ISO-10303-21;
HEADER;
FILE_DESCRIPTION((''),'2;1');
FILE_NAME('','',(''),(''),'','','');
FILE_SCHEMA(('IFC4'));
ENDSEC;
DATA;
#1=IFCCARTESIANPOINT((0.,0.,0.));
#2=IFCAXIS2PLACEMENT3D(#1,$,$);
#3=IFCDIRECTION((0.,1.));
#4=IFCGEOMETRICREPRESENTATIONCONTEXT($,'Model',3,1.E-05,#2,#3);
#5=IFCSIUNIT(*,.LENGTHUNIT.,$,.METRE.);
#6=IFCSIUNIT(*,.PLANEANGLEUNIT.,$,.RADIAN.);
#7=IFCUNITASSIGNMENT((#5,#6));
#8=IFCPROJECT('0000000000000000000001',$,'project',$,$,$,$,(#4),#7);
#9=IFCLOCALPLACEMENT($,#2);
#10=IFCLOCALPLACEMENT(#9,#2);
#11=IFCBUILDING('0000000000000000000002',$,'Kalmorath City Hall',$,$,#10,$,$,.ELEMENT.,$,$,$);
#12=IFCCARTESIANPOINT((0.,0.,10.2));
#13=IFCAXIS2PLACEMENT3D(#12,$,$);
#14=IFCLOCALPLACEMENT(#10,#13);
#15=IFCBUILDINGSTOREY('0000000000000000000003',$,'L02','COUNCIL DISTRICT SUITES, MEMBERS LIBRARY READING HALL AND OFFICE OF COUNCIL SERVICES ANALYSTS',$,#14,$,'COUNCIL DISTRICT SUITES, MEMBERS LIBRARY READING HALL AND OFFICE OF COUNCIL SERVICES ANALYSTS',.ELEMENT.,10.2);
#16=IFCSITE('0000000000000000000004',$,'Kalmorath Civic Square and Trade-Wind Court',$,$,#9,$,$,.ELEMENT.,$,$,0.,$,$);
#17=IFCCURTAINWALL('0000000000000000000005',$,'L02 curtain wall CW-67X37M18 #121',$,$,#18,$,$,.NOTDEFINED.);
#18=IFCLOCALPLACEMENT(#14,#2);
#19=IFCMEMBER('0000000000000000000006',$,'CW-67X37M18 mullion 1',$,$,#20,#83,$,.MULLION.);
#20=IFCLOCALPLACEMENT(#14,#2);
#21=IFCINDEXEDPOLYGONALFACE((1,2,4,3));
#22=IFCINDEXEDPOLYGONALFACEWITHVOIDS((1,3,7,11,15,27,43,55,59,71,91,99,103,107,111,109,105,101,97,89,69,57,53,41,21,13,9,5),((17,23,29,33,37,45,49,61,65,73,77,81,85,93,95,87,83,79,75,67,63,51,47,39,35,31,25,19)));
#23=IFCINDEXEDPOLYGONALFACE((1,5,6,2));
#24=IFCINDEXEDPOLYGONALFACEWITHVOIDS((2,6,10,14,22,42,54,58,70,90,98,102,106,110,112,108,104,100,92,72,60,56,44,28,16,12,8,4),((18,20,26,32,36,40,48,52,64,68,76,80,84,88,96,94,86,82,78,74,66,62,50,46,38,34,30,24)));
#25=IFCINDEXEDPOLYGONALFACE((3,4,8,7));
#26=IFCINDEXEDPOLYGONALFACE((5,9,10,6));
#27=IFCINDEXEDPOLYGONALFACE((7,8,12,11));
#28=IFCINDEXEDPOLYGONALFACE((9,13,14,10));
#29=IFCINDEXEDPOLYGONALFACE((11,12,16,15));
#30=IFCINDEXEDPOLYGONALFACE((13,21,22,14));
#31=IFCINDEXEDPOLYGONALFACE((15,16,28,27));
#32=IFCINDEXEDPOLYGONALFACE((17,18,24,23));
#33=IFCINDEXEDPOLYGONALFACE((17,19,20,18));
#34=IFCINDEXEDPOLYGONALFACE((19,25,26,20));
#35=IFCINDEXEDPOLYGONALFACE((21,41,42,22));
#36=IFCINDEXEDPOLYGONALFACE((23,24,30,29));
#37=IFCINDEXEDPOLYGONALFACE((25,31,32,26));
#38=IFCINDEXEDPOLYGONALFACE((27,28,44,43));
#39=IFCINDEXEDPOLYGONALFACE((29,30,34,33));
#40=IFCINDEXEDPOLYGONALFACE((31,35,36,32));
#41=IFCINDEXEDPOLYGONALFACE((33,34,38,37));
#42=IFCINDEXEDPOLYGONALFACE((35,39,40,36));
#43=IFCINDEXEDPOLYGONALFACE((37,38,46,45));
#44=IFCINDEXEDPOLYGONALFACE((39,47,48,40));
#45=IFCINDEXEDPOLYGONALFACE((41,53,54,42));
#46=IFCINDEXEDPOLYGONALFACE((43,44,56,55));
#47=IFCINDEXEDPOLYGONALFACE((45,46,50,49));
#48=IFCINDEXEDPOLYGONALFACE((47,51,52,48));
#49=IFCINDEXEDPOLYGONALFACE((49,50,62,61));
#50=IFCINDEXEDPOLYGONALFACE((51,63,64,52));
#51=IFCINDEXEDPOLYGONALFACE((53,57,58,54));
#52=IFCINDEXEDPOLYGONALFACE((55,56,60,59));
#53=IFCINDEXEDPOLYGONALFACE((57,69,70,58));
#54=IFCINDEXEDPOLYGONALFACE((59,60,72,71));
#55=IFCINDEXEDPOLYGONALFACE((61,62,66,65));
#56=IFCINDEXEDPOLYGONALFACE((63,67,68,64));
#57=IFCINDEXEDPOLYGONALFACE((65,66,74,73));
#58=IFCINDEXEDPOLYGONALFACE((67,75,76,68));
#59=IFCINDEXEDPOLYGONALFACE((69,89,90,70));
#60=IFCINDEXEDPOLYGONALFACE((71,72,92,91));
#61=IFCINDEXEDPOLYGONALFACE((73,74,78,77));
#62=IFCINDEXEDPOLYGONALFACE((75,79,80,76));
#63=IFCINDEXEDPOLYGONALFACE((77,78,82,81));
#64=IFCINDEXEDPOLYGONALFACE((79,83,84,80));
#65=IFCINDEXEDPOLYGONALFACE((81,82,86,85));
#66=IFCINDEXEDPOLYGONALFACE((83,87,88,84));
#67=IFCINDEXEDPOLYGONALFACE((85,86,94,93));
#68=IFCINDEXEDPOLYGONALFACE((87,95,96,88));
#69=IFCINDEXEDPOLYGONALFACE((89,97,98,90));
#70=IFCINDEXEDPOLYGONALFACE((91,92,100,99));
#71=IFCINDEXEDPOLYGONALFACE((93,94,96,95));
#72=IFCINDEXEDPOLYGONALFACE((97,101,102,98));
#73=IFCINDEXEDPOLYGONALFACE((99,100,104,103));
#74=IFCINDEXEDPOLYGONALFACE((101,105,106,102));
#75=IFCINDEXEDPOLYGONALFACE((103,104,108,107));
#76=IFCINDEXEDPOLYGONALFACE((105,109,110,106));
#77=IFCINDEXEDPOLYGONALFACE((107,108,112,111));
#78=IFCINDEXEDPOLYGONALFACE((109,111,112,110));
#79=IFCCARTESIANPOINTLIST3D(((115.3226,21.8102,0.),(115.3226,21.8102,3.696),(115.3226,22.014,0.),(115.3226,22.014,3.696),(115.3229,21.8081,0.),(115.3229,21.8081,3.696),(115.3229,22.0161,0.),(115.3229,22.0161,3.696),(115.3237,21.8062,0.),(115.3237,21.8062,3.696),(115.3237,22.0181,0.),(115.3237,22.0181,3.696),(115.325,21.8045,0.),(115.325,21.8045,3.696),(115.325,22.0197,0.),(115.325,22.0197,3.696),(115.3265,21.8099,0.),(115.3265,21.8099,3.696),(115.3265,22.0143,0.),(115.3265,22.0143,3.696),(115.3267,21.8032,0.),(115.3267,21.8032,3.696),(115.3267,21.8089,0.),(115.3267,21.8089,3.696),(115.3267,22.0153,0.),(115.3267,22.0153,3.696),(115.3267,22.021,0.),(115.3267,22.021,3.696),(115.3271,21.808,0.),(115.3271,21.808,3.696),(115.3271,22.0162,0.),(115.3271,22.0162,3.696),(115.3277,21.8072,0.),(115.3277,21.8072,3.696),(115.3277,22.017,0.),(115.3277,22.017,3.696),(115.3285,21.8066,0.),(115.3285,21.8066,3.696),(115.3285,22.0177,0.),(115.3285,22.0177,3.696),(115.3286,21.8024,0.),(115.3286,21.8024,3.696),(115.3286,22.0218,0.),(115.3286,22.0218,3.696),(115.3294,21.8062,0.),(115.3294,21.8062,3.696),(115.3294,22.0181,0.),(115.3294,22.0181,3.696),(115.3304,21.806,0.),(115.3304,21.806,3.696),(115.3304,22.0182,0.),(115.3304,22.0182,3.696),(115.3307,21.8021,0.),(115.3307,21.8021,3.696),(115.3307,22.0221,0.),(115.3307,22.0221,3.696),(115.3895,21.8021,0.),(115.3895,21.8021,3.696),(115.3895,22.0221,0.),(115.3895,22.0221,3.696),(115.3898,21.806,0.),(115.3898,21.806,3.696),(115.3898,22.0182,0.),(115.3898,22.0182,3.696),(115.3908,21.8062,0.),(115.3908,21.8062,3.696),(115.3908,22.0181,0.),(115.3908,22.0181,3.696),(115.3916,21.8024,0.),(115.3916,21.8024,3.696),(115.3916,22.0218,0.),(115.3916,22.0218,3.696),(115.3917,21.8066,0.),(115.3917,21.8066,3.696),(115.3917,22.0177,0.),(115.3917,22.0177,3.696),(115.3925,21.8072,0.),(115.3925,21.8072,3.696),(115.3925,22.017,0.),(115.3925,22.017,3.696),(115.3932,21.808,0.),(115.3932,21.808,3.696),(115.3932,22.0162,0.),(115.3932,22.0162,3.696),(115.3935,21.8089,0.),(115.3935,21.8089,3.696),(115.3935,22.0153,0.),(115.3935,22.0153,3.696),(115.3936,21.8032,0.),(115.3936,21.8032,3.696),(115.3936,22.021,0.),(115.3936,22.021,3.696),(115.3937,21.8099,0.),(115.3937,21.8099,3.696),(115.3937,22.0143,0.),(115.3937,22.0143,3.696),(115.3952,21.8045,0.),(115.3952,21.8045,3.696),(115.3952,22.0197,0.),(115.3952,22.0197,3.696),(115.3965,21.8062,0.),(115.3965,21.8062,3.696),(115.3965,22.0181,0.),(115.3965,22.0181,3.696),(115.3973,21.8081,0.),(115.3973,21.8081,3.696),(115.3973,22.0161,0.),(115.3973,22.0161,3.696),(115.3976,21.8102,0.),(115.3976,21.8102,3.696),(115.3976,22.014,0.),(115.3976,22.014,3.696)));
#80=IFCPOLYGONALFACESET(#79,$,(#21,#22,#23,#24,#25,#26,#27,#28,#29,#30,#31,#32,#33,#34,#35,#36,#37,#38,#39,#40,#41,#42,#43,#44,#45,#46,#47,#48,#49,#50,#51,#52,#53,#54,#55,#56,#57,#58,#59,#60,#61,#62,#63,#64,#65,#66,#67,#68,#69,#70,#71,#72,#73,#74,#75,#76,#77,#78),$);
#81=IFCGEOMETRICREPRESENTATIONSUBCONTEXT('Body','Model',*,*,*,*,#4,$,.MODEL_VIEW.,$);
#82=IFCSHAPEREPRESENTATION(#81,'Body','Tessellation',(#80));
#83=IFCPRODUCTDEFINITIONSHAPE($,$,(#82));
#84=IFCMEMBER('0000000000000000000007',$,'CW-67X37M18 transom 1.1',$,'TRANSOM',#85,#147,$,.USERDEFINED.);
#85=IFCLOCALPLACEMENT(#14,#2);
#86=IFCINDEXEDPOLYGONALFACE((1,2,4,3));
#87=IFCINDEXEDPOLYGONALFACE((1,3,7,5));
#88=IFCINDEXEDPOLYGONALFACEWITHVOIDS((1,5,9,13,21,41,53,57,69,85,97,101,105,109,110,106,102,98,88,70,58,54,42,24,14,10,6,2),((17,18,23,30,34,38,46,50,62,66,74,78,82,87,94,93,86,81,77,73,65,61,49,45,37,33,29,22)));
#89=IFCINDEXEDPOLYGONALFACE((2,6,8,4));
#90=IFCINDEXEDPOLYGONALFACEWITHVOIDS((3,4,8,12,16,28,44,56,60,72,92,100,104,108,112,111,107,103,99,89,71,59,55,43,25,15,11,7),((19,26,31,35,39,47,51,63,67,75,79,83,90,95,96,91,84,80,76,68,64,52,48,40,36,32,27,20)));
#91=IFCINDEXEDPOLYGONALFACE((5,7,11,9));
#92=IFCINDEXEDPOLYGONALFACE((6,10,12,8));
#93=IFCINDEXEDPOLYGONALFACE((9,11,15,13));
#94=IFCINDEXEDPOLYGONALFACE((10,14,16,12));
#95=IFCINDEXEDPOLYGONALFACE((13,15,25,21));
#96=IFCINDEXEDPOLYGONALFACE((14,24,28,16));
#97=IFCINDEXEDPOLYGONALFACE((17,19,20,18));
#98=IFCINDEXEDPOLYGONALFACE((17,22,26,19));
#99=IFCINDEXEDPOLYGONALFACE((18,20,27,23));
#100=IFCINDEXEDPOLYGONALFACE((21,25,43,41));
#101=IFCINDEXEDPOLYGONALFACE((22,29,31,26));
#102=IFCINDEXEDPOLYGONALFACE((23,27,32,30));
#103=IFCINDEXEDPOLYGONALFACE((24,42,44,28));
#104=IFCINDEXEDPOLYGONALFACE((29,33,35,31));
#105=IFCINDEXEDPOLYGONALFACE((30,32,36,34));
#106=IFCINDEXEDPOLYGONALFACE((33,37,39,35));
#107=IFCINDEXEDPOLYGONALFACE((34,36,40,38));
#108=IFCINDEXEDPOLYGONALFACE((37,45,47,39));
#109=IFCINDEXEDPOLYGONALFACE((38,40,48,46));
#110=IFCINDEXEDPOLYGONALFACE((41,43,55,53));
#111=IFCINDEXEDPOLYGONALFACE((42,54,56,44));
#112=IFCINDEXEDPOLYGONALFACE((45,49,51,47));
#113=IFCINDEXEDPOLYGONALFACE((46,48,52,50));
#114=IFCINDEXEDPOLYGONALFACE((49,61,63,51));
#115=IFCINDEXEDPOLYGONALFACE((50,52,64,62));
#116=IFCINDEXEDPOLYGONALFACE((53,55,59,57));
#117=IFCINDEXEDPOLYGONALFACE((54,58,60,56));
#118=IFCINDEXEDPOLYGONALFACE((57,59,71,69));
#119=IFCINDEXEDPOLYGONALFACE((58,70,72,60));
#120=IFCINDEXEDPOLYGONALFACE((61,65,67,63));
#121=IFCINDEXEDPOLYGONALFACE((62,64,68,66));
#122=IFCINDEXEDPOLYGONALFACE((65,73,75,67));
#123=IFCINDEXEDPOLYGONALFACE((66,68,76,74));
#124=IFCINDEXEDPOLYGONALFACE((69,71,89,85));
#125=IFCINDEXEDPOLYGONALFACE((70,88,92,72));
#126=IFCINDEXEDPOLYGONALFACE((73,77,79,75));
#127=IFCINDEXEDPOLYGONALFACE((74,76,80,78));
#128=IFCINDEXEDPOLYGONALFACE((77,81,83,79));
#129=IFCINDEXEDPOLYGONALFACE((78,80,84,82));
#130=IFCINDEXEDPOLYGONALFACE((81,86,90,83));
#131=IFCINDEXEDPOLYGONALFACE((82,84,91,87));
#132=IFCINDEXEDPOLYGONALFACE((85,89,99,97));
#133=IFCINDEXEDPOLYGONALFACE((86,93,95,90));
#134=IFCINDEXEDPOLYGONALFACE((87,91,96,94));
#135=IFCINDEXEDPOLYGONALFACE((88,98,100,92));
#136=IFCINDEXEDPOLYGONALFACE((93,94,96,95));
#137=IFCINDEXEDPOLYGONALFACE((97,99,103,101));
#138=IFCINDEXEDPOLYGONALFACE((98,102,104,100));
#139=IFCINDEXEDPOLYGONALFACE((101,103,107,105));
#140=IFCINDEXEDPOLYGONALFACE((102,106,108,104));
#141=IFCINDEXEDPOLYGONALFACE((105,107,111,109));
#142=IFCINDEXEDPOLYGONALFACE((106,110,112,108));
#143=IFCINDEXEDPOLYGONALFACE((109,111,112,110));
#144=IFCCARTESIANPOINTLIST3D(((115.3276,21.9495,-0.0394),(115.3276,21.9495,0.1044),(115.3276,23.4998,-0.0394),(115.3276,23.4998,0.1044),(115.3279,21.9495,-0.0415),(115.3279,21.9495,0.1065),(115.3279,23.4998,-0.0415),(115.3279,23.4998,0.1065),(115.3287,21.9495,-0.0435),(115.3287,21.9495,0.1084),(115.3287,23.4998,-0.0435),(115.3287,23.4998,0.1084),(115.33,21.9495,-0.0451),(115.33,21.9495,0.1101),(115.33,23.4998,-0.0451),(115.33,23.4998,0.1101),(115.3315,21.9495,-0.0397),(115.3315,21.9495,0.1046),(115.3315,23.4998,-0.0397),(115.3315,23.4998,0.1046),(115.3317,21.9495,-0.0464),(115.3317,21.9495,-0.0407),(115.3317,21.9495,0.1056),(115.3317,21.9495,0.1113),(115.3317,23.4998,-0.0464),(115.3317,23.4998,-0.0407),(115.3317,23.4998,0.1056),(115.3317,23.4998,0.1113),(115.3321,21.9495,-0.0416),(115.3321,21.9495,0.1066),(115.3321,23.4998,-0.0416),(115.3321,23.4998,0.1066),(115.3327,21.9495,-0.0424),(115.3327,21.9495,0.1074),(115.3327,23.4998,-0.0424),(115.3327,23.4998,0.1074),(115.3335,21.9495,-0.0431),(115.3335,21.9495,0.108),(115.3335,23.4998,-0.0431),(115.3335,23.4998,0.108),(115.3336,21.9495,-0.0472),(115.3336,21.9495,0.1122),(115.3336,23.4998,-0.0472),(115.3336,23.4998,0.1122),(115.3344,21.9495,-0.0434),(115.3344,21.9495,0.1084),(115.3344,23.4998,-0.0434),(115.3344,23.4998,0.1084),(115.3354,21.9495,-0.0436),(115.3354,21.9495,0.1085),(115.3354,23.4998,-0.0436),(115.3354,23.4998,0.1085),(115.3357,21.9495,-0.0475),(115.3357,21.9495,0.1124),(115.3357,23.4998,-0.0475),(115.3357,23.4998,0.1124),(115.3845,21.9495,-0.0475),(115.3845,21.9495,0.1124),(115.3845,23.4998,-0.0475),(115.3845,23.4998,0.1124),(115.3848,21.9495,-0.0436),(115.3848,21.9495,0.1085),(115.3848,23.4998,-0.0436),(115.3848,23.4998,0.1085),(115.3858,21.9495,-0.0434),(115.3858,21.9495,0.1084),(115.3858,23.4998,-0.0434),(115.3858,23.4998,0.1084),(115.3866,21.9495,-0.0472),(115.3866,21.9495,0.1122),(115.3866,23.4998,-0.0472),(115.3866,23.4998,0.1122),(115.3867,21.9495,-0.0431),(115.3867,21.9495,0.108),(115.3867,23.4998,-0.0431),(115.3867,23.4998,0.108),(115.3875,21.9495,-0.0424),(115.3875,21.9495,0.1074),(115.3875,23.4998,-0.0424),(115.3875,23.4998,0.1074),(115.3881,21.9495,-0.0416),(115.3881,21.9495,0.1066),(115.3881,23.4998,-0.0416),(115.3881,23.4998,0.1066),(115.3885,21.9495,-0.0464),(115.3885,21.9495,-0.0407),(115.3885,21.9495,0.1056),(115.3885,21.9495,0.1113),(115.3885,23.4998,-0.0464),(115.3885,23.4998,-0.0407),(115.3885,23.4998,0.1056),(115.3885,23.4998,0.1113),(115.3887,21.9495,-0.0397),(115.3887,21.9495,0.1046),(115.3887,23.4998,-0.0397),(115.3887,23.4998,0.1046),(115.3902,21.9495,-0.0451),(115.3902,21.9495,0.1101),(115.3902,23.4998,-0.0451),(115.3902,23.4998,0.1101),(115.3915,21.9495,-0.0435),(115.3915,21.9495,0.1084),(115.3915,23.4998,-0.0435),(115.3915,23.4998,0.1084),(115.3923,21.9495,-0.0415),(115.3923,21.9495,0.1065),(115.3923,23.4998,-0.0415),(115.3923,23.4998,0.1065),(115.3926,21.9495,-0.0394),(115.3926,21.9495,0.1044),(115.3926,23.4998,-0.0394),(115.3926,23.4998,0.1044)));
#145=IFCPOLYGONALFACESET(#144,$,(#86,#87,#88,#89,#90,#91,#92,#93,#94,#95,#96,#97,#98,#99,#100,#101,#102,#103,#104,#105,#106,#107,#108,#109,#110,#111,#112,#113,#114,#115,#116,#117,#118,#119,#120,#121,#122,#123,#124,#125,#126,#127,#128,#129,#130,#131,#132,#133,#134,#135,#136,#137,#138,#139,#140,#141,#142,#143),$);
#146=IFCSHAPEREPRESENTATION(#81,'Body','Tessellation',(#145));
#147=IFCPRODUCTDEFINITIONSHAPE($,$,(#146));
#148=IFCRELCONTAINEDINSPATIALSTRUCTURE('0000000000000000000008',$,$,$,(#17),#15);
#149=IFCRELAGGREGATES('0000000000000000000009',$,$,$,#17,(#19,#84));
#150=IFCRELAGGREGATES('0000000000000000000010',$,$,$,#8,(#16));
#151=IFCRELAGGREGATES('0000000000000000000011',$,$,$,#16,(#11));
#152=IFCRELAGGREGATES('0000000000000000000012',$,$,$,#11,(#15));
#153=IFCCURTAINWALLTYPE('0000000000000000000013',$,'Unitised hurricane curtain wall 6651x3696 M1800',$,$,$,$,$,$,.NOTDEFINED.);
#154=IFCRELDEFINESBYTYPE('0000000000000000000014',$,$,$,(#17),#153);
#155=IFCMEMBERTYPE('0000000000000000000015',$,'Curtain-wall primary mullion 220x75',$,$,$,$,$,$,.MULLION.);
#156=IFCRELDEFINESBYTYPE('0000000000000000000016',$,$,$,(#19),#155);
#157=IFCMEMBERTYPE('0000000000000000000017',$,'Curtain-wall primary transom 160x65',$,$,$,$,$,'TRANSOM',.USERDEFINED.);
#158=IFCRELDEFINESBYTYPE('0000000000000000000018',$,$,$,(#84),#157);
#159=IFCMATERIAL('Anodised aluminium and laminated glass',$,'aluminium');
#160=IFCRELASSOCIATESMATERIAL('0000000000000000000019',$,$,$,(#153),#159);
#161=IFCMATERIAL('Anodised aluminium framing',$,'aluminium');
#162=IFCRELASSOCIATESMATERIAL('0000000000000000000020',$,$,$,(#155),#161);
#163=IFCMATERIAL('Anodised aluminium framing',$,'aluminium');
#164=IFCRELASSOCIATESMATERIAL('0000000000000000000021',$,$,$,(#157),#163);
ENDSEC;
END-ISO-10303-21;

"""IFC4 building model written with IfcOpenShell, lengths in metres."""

from ifc_helpers import new_model, si_unit, direction, frame, origin, origin_2d, place, context, subcontext, project, spatial, hollow_rectangle, extrude, material, material_profile, profile_set, type_object, element, aggregate, save


model = new_model("IFC4")

# Units and contexts
model_context = context("Model", 3, precision=1e-05, world=origin(), true_north=direction((0.0, 1.0)))
body_context = subcontext(model_context, "Body", "Model", "MODEL_VIEW")
ifc_project = project(units=[si_unit("LENGTHUNIT", "METRE"), si_unit("PLANEANGLEUNIT", "RADIAN")], contexts=[model_context])

# Site, building, storey
site_placement = place(None, origin())
site = spatial("IfcSite", under=ifc_project, at=site_placement, Name="Kalmorath Civic Square and Trade-Wind Court", CompositionType="ELEMENT", RefElevation=0.0)
building_placement = place(site_placement, origin())
building = spatial("IfcBuilding", under=site, at=building_placement, Name="Kalmorath City Hall", CompositionType="ELEMENT")
storey_placement = place(building_placement, frame((0.0, 0.0, 10.2)))
storey = spatial("IfcBuildingStorey", under=building, at=storey_placement, Name="L02", Description="COUNCIL DISTRICT SUITES, MEMBERS LIBRARY READING HALL AND OFFICE OF COUNCIL SERVICES ANALYSTS", LongName="COUNCIL DISTRICT SUITES, MEMBERS LIBRARY READING HALL AND OFFICE OF COUNCIL SERVICES ANALYSTS", CompositionType="ELEMENT", Elevation=10.2)

# Curtain wall, members
ifc_material_1 = material(Name="Anodised aluminium and laminated glass", Category="aluminium")
curtain_wall_type = type_object("IfcCurtainWallType", Name="Unitised hurricane curtain wall 6651x3696 M1800", PredefinedType="NOTDEFINED", material=ifc_material_1)
curtain_wall_placement = place(storey_placement, origin())
curtain_wall = element("IfcCurtainWall", 1, at=curtain_wall_placement, inside=storey, type_object=curtain_wall_type, Name="L02 curtain wall CW-67X37M18 #121", PredefinedType="NOTDEFINED")
ifc_material_2 = material(Name="Anodised aluminium framing", Category="aluminium")
ifc_material_profile_1 = material_profile(ifc_material_2, hollow_rectangle(XDim=0.075, YDim=0.22, WallThickness=0.0039, InnerFilletRadius=0.0039, OuterFilletRadius=0.0081, at=origin_2d()), Name="ALU-MUL-220X75X4")
ifc_profile_set_1 = profile_set([ifc_material_profile_1], Name="Anodised aluminium framing")
member_type_1 = type_object("IfcMemberType", Name="Curtain-wall primary mullion 220x75", PredefinedType="MULLION", material=ifc_profile_set_1)
member_1_placement = place(storey_placement, frame((115.3601, 21.9121, 0.0), z_axis=(0.0, 0.0, 1.0), x_axis=(-1.0, 0.0, 0.0)))
member_1 = element("IfcMember", 2, at=member_1_placement, type_object=member_type_1, Name="CW-67X37M18 mullion 1", PredefinedType="MULLION", context=body_context, shape_type="SweptSolid", body=[
    extrude(hollow_rectangle(XDim=0.075, YDim=0.22, WallThickness=0.0039, InnerFilletRadius=0.0039, OuterFilletRadius=0.0081, at=origin_2d()), origin(), (0.0, 0.0, 1.0), 3.696),
])
ifc_material_3 = material(Name="Anodised aluminium framing", Category="aluminium")
ifc_material_profile_2 = material_profile(ifc_material_3, hollow_rectangle(XDim=0.0649, YDim=0.1599, WallThickness=0.0039, InnerFilletRadius=0.0039, OuterFilletRadius=0.0081, at=origin_2d()), Name="ALU-TRN-160X65X4")
ifc_profile_set_2 = profile_set([ifc_material_profile_2], Name="Anodised aluminium framing")
member_type_2 = type_object("IfcMemberType", Name="Curtain-wall primary transom 160x65", ElementType="TRANSOM", PredefinedType="USERDEFINED", material=ifc_profile_set_2)
member_2_placement = place(storey_placement, frame((115.3601, 21.9495, 0.0325), z_axis=(0.0, 1.0, 0.0), x_axis=(-1.0, 0.0, 0.0)))
member_2 = element("IfcMember", 3, at=member_2_placement, type_object=member_type_2, Name="CW-67X37M18 transom 1.1", ObjectType="TRANSOM", PredefinedType="USERDEFINED", context=body_context, shape_type="SweptSolid", body=[
    extrude(hollow_rectangle(XDim=0.0649, YDim=0.1599, WallThickness=0.0039, InnerFilletRadius=0.0039, OuterFilletRadius=0.0081, at=origin_2d()), origin(), (0.0, 0.0, 1.0), 1.5503),
])
aggregate(curtain_wall, [member_1, member_2])

save(model, "model.ifc")
